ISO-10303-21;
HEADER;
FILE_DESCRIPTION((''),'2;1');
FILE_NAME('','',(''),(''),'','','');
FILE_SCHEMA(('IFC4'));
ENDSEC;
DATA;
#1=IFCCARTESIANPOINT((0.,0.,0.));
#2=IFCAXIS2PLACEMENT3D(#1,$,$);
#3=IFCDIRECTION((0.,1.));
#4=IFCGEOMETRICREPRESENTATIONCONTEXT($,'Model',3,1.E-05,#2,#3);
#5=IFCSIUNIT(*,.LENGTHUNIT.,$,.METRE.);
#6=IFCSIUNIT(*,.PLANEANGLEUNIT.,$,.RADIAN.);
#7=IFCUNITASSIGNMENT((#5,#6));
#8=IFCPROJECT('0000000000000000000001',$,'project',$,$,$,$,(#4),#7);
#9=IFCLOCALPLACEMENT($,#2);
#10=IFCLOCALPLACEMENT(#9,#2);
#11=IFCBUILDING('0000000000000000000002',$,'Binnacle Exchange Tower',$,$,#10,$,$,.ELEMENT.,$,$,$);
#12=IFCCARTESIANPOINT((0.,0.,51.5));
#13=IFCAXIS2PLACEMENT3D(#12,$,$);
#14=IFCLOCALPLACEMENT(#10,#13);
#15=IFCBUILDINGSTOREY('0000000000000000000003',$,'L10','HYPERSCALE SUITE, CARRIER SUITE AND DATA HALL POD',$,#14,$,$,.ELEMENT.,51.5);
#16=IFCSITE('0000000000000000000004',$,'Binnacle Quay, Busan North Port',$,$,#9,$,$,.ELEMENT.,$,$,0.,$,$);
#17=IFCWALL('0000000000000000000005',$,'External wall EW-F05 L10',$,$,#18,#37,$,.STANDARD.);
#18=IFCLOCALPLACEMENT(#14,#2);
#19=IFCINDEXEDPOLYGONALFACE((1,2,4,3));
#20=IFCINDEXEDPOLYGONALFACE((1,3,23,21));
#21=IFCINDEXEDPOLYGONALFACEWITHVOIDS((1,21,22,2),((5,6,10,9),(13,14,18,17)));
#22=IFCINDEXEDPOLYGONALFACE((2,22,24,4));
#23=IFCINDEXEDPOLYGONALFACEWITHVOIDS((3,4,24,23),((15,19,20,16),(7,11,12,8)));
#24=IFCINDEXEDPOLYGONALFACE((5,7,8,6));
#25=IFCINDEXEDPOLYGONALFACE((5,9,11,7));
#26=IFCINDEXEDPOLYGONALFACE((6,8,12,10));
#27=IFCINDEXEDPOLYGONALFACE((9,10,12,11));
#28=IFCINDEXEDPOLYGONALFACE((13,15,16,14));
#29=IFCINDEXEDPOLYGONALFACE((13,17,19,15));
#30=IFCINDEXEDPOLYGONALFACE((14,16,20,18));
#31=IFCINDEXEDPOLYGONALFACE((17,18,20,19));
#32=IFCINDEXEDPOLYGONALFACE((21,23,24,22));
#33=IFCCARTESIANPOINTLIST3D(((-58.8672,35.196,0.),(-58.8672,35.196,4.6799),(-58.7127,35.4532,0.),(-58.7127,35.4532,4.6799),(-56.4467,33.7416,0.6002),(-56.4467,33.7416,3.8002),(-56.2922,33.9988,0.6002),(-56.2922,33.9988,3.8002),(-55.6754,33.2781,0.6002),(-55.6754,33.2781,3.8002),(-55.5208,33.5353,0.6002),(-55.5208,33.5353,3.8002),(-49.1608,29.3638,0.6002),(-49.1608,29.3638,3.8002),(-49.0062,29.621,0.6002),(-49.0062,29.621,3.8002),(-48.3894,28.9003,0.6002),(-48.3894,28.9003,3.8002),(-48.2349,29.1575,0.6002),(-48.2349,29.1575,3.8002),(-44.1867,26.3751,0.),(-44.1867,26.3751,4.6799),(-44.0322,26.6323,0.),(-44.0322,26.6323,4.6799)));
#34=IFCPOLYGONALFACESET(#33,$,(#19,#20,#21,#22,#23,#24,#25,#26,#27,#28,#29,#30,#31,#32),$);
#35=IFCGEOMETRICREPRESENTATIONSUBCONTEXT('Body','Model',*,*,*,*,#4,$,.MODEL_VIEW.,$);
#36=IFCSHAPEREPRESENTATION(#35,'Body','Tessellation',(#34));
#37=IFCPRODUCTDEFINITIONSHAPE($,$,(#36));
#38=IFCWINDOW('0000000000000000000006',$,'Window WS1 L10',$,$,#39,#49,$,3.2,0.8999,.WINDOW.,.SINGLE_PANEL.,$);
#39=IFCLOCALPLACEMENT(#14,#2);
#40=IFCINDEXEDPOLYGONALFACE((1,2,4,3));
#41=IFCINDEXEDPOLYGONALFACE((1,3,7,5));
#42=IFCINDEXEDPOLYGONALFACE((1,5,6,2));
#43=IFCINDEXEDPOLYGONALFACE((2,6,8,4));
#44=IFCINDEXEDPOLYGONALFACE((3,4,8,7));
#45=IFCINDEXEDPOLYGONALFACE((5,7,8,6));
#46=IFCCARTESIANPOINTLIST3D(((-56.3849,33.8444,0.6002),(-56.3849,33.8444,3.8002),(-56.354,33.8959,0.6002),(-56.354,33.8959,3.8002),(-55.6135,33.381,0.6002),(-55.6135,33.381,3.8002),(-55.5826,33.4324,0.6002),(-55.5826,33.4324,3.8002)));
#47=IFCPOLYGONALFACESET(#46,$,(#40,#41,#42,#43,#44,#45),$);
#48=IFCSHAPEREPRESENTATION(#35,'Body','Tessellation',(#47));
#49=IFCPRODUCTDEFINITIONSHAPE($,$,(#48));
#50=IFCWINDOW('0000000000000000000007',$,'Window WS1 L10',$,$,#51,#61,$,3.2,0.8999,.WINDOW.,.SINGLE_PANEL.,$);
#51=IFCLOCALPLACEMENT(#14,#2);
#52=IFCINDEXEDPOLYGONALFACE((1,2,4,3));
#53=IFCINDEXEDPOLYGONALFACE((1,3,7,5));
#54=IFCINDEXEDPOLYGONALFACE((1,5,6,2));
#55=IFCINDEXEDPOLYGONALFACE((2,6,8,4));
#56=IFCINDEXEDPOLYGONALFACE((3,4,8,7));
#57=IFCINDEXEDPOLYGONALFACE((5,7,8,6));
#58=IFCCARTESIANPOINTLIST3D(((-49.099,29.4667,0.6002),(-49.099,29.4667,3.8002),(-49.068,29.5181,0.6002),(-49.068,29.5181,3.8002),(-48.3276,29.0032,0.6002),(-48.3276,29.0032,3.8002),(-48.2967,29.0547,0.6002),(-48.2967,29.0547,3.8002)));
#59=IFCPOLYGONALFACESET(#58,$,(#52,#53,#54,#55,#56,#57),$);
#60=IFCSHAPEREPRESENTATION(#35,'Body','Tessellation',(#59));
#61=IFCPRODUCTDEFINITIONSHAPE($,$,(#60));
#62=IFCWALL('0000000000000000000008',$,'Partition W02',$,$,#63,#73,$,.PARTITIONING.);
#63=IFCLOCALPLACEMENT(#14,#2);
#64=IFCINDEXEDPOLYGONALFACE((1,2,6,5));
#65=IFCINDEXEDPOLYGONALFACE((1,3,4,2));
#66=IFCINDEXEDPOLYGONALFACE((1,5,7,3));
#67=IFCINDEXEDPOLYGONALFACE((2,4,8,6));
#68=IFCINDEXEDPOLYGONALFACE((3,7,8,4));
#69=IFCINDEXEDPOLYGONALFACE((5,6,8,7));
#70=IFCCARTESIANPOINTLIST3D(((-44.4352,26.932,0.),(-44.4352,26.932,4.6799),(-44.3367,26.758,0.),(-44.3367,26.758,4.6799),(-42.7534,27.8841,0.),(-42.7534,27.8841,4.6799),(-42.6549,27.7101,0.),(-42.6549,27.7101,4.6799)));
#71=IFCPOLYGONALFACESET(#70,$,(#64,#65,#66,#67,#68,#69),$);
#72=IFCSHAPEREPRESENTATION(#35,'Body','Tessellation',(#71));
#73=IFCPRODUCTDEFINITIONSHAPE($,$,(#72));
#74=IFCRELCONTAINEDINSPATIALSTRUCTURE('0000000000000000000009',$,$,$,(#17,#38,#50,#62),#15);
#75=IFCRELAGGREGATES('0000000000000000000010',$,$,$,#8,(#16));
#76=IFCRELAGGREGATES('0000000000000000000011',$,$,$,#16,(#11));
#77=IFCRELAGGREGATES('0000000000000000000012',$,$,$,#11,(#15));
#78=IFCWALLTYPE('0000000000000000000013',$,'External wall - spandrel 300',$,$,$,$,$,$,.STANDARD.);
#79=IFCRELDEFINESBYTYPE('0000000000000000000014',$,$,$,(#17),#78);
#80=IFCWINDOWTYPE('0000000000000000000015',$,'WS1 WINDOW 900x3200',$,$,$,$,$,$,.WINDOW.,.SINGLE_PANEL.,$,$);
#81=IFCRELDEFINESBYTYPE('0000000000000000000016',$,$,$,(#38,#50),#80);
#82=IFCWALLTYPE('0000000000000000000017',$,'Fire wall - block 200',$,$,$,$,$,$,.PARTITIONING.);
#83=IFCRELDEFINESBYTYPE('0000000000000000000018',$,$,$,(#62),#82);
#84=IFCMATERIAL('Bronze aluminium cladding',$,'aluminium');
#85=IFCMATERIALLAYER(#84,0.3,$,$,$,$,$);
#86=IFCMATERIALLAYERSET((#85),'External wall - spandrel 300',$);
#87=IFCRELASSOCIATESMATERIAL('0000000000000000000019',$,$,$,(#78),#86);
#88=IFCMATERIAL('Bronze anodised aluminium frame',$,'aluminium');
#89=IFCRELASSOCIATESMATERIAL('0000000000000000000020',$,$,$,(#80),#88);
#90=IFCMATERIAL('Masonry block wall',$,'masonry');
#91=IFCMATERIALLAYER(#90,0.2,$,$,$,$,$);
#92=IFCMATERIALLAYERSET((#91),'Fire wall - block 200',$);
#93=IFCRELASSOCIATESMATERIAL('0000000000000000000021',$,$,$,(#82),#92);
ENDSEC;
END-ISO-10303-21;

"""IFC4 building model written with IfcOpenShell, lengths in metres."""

from ifc_helpers import new_model, si_unit, direction, frame, frame_2d, origin, place, context, subcontext, project, spatial, rectangle, extrude, material, layer, layer_set, type_object, element, fill, save


model = new_model("IFC4")

# Units and contexts
model_context = context("Model", 3, precision=1e-05, world=origin(), true_north=direction((0.0, 1.0)))
body_context = subcontext(model_context, "Body", "Model", "MODEL_VIEW")
ifc_project = project(units=[si_unit("LENGTHUNIT", "METRE"), si_unit("PLANEANGLEUNIT", "RADIAN")], contexts=[model_context])

# Site, building, storey
site_placement = place(None, origin())
site = spatial("IfcSite", under=ifc_project, at=site_placement, Name="Binnacle Quay, Busan North Port", CompositionType="ELEMENT", RefElevation=0.0)
building_placement = place(site_placement, origin())
building = spatial("IfcBuilding", under=site, at=building_placement, Name="Binnacle Exchange Tower", CompositionType="ELEMENT")
storey_placement = place(building_placement, frame((0.0, 0.0, 51.5)))
storey = spatial("IfcBuildingStorey", under=building, at=storey_placement, Name="L10", Description="HYPERSCALE SUITE, CARRIER SUITE AND DATA HALL POD", CompositionType="ELEMENT", Elevation=51.5)

# Shared definitions
ifc_material_1 = material(Name="Bronze aluminium cladding", Category="aluminium")
ifc_layer_1 = layer(ifc_material_1, 0.3)
ifc_layer_set_1 = layer_set([ifc_layer_1], Name="External wall - spandrel 300")
wall_type_1 = type_object("IfcWallType", Name="External wall - spandrel 300", PredefinedType="STANDARD", material=ifc_layer_set_1)
ifc_material_2 = material(Name="Bronze anodised aluminium frame", Category="aluminium")
window_type = type_object("IfcWindowType", Name="WS1 WINDOW 900x3200", PartitioningType="SINGLE_PANEL", PredefinedType="WINDOW", material=ifc_material_2)

# Wall, openings, windows
wall_1_placement = place(storey_placement, frame((-44.1094, 26.5037, 0.0), z_axis=(0.0, 0.0, 1.0), x_axis=(-0.85717, 0.515034, 0.0)))
wall_1 = element("IfcWall", 1, at=wall_1_placement, inside=storey, type_object=wall_type_1, Name="External wall EW-F05 L10", PredefinedType="STANDARD", context=body_context, shape_type="SweptSolid", body=[
    extrude(rectangle(XDim=17.1267, YDim=0.3, at=frame_2d((8.5635, 0.0))), origin(), (0.0, 0.0, 1.0), 4.6799),
])
opening_1_placement = place(wall_1_placement, frame((13.4031, 0.0, 0.6001)))
opening_1 = element("IfcOpeningElement", 2, at=opening_1_placement, cuts=wall_1, PredefinedType="OPENING", context=body_context, shape_type="SweptSolid", body=[
    extrude(rectangle(XDim=0.8999, YDim=3.2, at=frame_2d((0.45, 1.6001))), frame((0.0, 0.1599, 0.0), z_axis=(0.0, -1.0, 0.0), x_axis=(1.0, 0.0, 0.0)), (0.0, 0.0, 1.0), 0.3201),
])
opening_2_placement = place(wall_1_placement, frame((4.9031, 0.0, 0.6001)))
opening_2 = element("IfcOpeningElement", 3, at=opening_2_placement, cuts=wall_1, PredefinedType="OPENING", context=body_context, shape_type="SweptSolid", body=[
    extrude(rectangle(XDim=0.8999, YDim=3.2, at=frame_2d((0.45, 1.6001))), frame((0.0, 0.1599, 0.0), z_axis=(0.0, -1.0, 0.0), x_axis=(1.0, 0.0, 0.0)), (0.0, 0.0, 1.0), 0.3201),
])
window_1_placement = place(opening_1_placement, origin())
window_1 = element("IfcWindow", 4, at=window_1_placement, inside=storey, type_object=window_type, Name="Window WS1 L10", OverallHeight=3.2, OverallWidth=0.8999, PartitioningType="SINGLE_PANEL", PredefinedType="WINDOW", context=body_context, shape_type="SweptSolid", body=[
    extrude(rectangle(XDim=0.8999, YDim=3.2, at=frame_2d((0.45, 1.6001))), frame((0.0, 0.03, 0.0), z_axis=(0.0, -1.0, 0.0), x_axis=(1.0, 0.0, 0.0)), (0.0, 0.0, 1.0), 0.0601),
])
fill(opening_1, window_1)
window_2_placement = place(opening_2_placement, origin())
window_2 = element("IfcWindow", 5, at=window_2_placement, inside=storey, type_object=window_type, Name="Window WS1 L10", OverallHeight=3.2, OverallWidth=0.8999, PartitioningType="SINGLE_PANEL", PredefinedType="WINDOW", context=body_context, shape_type="SweptSolid", body=[
    extrude(rectangle(XDim=0.8999, YDim=3.2, at=frame_2d((0.45, 1.6001))), frame((0.0, 0.03, 0.0), z_axis=(0.0, -1.0, 0.0), x_axis=(1.0, 0.0, 0.0)), (0.0, 0.0, 1.0), 0.0601),
])
fill(opening_2, window_2)

# Wall
ifc_material_3 = material(Name="Masonry block wall", Category="masonry")
ifc_layer_2 = layer(ifc_material_3, 0.2)
ifc_layer_set_2 = layer_set([ifc_layer_2], Name="Fire wall - block 200")
wall_type_2 = type_object("IfcWallType", Name="Fire wall - block 200", PredefinedType="PARTITIONING", material=ifc_layer_set_2)
wall_2_placement = place(storey_placement, frame((-44.386, 26.845, 0.0), z_axis=(0.0, 0.0, 1.0), x_axis=(0.870226, 0.492652, 0.0)))
element("IfcWall", 6, at=wall_2_placement, inside=storey, type_object=wall_type_2, Name="Partition W02", PredefinedType="PARTITIONING", context=body_context, shape_type="SweptSolid", body=[
    extrude(rectangle(XDim=1.9326, YDim=0.2, at=frame_2d((0.9663, 0.0))), origin(), (0.0, 0.0, 1.0), 4.6799),
])

save(model, "model.ifc")
